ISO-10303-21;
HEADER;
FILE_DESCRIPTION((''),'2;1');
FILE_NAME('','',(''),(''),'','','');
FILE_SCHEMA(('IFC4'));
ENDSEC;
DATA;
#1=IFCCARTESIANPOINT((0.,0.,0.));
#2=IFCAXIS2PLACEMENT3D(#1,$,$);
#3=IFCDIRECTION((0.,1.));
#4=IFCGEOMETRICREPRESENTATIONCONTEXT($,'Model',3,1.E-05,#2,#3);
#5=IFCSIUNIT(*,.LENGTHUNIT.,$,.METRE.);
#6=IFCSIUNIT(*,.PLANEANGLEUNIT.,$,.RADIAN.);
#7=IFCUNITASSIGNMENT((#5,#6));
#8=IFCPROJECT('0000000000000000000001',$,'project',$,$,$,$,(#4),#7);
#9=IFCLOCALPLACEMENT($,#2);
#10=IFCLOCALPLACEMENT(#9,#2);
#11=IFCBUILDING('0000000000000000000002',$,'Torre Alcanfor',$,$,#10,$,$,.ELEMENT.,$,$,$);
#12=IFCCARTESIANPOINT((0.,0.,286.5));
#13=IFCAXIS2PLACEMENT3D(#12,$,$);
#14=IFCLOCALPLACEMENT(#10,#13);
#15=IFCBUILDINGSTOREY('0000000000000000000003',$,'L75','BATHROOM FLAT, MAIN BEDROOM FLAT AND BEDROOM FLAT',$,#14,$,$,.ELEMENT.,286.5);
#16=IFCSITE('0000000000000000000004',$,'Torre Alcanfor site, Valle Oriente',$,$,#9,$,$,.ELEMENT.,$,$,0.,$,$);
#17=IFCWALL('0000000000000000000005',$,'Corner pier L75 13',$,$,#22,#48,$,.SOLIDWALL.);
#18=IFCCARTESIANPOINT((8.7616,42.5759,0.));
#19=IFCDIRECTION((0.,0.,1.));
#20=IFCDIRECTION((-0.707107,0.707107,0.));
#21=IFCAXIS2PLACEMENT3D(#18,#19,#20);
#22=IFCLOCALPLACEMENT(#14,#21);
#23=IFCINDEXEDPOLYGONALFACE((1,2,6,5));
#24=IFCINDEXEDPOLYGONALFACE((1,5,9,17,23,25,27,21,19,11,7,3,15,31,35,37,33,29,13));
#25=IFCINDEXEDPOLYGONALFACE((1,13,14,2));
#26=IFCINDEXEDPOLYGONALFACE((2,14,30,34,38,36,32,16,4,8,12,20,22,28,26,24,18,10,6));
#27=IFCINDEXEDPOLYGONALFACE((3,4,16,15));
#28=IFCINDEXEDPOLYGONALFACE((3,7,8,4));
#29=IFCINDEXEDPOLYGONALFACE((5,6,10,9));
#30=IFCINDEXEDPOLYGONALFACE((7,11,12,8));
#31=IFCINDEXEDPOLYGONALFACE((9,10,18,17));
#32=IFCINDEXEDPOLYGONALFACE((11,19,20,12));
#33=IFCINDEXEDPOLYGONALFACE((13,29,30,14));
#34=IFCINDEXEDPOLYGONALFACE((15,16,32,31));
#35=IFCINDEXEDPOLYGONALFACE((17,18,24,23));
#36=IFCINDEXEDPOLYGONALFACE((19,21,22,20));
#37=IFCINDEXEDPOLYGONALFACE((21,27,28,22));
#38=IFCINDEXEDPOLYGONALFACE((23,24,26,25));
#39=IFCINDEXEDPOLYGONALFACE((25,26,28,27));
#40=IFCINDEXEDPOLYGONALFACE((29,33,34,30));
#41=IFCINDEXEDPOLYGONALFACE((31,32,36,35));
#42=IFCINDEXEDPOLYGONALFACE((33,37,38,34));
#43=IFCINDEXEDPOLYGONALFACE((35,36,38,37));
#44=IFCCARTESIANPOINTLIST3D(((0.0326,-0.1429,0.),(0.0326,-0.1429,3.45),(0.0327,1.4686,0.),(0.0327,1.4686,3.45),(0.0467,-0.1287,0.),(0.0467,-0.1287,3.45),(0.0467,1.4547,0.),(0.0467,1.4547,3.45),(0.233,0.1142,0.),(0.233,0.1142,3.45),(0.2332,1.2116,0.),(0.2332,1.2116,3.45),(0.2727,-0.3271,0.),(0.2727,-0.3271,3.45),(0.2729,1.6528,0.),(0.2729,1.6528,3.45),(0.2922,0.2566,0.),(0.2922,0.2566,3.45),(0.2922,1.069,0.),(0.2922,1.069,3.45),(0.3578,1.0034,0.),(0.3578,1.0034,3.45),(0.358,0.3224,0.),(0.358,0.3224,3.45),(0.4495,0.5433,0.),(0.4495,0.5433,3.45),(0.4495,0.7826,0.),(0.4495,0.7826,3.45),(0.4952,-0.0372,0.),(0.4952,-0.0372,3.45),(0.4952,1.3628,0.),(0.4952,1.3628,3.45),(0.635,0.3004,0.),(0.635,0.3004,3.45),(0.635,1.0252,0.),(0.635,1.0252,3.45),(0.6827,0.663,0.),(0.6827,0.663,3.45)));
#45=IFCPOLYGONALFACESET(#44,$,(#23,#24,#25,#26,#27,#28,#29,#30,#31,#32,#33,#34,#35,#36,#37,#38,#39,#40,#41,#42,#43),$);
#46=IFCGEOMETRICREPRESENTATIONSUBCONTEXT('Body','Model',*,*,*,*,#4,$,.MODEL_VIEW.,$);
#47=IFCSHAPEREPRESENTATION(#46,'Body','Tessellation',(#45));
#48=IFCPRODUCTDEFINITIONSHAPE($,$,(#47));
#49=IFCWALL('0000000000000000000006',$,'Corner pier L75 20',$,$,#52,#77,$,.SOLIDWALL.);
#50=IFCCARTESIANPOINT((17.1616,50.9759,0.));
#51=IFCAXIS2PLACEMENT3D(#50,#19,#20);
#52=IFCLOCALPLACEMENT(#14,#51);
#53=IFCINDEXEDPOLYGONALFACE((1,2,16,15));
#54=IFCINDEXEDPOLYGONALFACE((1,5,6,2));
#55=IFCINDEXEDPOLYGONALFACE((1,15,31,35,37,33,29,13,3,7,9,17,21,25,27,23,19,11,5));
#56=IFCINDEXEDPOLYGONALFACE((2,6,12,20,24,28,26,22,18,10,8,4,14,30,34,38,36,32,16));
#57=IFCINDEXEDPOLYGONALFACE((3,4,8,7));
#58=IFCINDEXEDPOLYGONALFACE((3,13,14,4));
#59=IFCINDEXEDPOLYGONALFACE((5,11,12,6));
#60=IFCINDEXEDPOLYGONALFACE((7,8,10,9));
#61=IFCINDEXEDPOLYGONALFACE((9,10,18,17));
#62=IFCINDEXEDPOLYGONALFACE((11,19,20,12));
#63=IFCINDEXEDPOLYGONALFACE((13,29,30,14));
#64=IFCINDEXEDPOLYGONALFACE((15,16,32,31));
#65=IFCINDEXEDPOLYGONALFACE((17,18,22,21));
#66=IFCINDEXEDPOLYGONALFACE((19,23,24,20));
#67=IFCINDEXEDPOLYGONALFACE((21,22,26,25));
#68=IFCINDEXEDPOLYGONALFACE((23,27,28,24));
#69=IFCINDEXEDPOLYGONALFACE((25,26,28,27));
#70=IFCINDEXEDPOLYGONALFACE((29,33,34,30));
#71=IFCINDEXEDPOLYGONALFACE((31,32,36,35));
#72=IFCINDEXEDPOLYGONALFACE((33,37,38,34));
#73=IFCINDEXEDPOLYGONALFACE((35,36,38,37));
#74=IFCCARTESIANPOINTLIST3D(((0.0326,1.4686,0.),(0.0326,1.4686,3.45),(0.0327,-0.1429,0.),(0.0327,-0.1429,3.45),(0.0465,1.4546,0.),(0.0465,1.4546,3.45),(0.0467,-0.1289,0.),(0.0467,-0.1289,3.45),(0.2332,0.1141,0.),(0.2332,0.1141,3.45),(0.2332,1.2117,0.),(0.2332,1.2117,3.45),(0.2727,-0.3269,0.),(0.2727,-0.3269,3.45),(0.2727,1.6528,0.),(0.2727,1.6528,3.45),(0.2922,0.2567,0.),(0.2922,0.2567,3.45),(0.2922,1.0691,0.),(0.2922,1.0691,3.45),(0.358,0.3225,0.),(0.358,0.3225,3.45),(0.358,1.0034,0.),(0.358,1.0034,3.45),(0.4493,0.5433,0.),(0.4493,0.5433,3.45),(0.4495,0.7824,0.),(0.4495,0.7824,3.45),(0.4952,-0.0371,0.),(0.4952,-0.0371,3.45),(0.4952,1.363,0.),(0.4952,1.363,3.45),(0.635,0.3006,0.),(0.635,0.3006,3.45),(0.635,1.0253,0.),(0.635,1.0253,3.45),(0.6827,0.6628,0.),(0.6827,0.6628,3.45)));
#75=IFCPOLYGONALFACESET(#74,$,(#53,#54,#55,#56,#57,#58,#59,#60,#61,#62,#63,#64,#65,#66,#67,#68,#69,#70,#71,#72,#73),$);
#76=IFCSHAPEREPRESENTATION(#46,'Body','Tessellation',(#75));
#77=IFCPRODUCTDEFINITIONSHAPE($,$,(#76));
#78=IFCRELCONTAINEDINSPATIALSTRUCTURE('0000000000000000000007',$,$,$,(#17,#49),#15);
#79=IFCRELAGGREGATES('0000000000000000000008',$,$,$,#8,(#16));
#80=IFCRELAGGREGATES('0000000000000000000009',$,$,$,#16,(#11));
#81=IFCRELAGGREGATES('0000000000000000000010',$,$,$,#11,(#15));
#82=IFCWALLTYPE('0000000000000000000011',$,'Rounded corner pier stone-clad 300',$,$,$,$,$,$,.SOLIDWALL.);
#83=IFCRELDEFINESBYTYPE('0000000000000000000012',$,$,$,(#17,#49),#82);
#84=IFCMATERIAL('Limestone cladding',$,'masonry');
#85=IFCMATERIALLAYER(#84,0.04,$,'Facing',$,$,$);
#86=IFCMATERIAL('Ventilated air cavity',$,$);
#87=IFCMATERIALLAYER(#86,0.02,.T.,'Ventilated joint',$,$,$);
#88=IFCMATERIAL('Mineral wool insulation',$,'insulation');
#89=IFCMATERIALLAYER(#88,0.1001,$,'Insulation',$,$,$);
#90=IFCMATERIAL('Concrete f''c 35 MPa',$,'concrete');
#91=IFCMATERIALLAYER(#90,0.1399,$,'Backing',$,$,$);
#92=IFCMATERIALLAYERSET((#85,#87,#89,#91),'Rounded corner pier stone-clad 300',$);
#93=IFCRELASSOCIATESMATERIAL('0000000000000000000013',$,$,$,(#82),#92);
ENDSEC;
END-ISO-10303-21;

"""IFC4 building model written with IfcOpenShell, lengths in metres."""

from ifc_helpers import new_model, si_unit, direction, frame, origin, place, context, subcontext, project, spatial, polyline, outline, extrude, material, layer, layer_set, type_object, element, save


model = new_model("IFC4")

# Units and contexts
model_context = context("Model", 3, precision=1e-05, world=origin(), true_north=direction((0.0, 1.0)))
body_context = subcontext(model_context, "Body", "Model", "MODEL_VIEW")
ifc_project = project(units=[si_unit("LENGTHUNIT", "METRE"), si_unit("PLANEANGLEUNIT", "RADIAN")], contexts=[model_context])

# Site, building, storey
site_placement = place(None, origin())
site = spatial("IfcSite", under=ifc_project, at=site_placement, Name="Torre Alcanfor site, Valle Oriente", CompositionType="ELEMENT", RefElevation=0.0)
building_placement = place(site_placement, origin())
building = spatial("IfcBuilding", under=site, at=building_placement, Name="Torre Alcanfor", CompositionType="ELEMENT")
storey_placement = place(building_placement, frame((0.0, 0.0, 286.5)))
storey = spatial("IfcBuildingStorey", under=building, at=storey_placement, Name="L75", Description="BATHROOM FLAT, MAIN BEDROOM FLAT AND BEDROOM FLAT", CompositionType="ELEMENT", Elevation=286.5)

# Shared definitions
ifc_material_1 = material(Name="Limestone cladding", Category="masonry")
ifc_material_2 = material(Name="Ventilated air cavity")
ifc_material_3 = material(Name="Mineral wool insulation", Category="insulation")
ifc_material_4 = material(Name="Concrete f'c 35 MPa", Category="concrete")

# Walls
ifc_layer_1 = layer(ifc_material_1, 0.04, Name="Facing")
ifc_layer_2 = layer(ifc_material_2, 0.02, ventilated=True, Name="Ventilated joint")
ifc_layer_3 = layer(ifc_material_3, 0.1001, Name="Insulation")
ifc_layer_4 = layer(ifc_material_4, 0.1399, Name="Backing")
ifc_layer_set_1 = layer_set([ifc_layer_1, ifc_layer_2, ifc_layer_3, ifc_layer_4], Name="Rounded corner pier stone-clad 300")
wall_type_1 = type_object("IfcWallType", Name="Rounded corner pier stone-clad 300", PredefinedType="SOLIDWALL", material=ifc_layer_set_1)
wall_1_placement = place(storey_placement, frame((8.7616, 42.5759, 0.0), z_axis=(0.0, 0.0, 1.0), x_axis=(-0.707107, 0.707107, 0.0)))
element("IfcWall", 1, at=wall_1_placement, inside=storey, type_object=wall_type_1, Name="Corner pier L75 13", PredefinedType="SOLIDWALL", context=body_context, shape_type="SweptSolid", body=[
    extrude(outline(polyline([(0.233, 0.1142), (0.0467, -0.1287), (0.0326, -0.1429), (0.2727, -0.3271), (0.4952, -0.0372), (0.635, 0.3004), (0.6827, 0.663), (0.635, 1.0252), (0.4952, 1.3628), (0.2729, 1.6528), (0.0327, 1.4686), (0.0467, 1.4547), (0.2332, 1.2116), (0.2922, 1.069), (0.3578, 1.0034), (0.4495, 0.7826), (0.4495, 0.5433), (0.358, 0.3224), (0.2922, 0.2566), (0.233, 0.1142)])), origin(), (0.0, 0.0, 1.0), 3.45),
])
wall_2_placement = place(storey_placement, frame((17.1616, 50.9759, 0.0), z_axis=(0.0, 0.0, 1.0), x_axis=(-0.707107, 0.707107, 0.0)))
element("IfcWall", 2, at=wall_2_placement, inside=storey, type_object=wall_type_1, Name="Corner pier L75 20", PredefinedType="SOLIDWALL", context=body_context, shape_type="SweptSolid", body=[
    extrude(outline(polyline([(0.0467, -0.1289), (0.0327, -0.1429), (0.2727, -0.3269), (0.4952, -0.0371), (0.635, 0.3006), (0.6827, 0.6628), (0.635, 1.0253), (0.4952, 1.363), (0.2727, 1.6528), (0.0326, 1.4686), (0.0465, 1.4546), (0.2332, 1.2117), (0.2922, 1.0691), (0.358, 1.0034), (0.4495, 0.7824), (0.4493, 0.5433), (0.358, 0.3225), (0.2922, 0.2567), (0.2332, 0.1141), (0.0467, -0.1289)])), origin(), (0.0, 0.0, 1.0), 3.45),
])

save(model, "model.ifc")
